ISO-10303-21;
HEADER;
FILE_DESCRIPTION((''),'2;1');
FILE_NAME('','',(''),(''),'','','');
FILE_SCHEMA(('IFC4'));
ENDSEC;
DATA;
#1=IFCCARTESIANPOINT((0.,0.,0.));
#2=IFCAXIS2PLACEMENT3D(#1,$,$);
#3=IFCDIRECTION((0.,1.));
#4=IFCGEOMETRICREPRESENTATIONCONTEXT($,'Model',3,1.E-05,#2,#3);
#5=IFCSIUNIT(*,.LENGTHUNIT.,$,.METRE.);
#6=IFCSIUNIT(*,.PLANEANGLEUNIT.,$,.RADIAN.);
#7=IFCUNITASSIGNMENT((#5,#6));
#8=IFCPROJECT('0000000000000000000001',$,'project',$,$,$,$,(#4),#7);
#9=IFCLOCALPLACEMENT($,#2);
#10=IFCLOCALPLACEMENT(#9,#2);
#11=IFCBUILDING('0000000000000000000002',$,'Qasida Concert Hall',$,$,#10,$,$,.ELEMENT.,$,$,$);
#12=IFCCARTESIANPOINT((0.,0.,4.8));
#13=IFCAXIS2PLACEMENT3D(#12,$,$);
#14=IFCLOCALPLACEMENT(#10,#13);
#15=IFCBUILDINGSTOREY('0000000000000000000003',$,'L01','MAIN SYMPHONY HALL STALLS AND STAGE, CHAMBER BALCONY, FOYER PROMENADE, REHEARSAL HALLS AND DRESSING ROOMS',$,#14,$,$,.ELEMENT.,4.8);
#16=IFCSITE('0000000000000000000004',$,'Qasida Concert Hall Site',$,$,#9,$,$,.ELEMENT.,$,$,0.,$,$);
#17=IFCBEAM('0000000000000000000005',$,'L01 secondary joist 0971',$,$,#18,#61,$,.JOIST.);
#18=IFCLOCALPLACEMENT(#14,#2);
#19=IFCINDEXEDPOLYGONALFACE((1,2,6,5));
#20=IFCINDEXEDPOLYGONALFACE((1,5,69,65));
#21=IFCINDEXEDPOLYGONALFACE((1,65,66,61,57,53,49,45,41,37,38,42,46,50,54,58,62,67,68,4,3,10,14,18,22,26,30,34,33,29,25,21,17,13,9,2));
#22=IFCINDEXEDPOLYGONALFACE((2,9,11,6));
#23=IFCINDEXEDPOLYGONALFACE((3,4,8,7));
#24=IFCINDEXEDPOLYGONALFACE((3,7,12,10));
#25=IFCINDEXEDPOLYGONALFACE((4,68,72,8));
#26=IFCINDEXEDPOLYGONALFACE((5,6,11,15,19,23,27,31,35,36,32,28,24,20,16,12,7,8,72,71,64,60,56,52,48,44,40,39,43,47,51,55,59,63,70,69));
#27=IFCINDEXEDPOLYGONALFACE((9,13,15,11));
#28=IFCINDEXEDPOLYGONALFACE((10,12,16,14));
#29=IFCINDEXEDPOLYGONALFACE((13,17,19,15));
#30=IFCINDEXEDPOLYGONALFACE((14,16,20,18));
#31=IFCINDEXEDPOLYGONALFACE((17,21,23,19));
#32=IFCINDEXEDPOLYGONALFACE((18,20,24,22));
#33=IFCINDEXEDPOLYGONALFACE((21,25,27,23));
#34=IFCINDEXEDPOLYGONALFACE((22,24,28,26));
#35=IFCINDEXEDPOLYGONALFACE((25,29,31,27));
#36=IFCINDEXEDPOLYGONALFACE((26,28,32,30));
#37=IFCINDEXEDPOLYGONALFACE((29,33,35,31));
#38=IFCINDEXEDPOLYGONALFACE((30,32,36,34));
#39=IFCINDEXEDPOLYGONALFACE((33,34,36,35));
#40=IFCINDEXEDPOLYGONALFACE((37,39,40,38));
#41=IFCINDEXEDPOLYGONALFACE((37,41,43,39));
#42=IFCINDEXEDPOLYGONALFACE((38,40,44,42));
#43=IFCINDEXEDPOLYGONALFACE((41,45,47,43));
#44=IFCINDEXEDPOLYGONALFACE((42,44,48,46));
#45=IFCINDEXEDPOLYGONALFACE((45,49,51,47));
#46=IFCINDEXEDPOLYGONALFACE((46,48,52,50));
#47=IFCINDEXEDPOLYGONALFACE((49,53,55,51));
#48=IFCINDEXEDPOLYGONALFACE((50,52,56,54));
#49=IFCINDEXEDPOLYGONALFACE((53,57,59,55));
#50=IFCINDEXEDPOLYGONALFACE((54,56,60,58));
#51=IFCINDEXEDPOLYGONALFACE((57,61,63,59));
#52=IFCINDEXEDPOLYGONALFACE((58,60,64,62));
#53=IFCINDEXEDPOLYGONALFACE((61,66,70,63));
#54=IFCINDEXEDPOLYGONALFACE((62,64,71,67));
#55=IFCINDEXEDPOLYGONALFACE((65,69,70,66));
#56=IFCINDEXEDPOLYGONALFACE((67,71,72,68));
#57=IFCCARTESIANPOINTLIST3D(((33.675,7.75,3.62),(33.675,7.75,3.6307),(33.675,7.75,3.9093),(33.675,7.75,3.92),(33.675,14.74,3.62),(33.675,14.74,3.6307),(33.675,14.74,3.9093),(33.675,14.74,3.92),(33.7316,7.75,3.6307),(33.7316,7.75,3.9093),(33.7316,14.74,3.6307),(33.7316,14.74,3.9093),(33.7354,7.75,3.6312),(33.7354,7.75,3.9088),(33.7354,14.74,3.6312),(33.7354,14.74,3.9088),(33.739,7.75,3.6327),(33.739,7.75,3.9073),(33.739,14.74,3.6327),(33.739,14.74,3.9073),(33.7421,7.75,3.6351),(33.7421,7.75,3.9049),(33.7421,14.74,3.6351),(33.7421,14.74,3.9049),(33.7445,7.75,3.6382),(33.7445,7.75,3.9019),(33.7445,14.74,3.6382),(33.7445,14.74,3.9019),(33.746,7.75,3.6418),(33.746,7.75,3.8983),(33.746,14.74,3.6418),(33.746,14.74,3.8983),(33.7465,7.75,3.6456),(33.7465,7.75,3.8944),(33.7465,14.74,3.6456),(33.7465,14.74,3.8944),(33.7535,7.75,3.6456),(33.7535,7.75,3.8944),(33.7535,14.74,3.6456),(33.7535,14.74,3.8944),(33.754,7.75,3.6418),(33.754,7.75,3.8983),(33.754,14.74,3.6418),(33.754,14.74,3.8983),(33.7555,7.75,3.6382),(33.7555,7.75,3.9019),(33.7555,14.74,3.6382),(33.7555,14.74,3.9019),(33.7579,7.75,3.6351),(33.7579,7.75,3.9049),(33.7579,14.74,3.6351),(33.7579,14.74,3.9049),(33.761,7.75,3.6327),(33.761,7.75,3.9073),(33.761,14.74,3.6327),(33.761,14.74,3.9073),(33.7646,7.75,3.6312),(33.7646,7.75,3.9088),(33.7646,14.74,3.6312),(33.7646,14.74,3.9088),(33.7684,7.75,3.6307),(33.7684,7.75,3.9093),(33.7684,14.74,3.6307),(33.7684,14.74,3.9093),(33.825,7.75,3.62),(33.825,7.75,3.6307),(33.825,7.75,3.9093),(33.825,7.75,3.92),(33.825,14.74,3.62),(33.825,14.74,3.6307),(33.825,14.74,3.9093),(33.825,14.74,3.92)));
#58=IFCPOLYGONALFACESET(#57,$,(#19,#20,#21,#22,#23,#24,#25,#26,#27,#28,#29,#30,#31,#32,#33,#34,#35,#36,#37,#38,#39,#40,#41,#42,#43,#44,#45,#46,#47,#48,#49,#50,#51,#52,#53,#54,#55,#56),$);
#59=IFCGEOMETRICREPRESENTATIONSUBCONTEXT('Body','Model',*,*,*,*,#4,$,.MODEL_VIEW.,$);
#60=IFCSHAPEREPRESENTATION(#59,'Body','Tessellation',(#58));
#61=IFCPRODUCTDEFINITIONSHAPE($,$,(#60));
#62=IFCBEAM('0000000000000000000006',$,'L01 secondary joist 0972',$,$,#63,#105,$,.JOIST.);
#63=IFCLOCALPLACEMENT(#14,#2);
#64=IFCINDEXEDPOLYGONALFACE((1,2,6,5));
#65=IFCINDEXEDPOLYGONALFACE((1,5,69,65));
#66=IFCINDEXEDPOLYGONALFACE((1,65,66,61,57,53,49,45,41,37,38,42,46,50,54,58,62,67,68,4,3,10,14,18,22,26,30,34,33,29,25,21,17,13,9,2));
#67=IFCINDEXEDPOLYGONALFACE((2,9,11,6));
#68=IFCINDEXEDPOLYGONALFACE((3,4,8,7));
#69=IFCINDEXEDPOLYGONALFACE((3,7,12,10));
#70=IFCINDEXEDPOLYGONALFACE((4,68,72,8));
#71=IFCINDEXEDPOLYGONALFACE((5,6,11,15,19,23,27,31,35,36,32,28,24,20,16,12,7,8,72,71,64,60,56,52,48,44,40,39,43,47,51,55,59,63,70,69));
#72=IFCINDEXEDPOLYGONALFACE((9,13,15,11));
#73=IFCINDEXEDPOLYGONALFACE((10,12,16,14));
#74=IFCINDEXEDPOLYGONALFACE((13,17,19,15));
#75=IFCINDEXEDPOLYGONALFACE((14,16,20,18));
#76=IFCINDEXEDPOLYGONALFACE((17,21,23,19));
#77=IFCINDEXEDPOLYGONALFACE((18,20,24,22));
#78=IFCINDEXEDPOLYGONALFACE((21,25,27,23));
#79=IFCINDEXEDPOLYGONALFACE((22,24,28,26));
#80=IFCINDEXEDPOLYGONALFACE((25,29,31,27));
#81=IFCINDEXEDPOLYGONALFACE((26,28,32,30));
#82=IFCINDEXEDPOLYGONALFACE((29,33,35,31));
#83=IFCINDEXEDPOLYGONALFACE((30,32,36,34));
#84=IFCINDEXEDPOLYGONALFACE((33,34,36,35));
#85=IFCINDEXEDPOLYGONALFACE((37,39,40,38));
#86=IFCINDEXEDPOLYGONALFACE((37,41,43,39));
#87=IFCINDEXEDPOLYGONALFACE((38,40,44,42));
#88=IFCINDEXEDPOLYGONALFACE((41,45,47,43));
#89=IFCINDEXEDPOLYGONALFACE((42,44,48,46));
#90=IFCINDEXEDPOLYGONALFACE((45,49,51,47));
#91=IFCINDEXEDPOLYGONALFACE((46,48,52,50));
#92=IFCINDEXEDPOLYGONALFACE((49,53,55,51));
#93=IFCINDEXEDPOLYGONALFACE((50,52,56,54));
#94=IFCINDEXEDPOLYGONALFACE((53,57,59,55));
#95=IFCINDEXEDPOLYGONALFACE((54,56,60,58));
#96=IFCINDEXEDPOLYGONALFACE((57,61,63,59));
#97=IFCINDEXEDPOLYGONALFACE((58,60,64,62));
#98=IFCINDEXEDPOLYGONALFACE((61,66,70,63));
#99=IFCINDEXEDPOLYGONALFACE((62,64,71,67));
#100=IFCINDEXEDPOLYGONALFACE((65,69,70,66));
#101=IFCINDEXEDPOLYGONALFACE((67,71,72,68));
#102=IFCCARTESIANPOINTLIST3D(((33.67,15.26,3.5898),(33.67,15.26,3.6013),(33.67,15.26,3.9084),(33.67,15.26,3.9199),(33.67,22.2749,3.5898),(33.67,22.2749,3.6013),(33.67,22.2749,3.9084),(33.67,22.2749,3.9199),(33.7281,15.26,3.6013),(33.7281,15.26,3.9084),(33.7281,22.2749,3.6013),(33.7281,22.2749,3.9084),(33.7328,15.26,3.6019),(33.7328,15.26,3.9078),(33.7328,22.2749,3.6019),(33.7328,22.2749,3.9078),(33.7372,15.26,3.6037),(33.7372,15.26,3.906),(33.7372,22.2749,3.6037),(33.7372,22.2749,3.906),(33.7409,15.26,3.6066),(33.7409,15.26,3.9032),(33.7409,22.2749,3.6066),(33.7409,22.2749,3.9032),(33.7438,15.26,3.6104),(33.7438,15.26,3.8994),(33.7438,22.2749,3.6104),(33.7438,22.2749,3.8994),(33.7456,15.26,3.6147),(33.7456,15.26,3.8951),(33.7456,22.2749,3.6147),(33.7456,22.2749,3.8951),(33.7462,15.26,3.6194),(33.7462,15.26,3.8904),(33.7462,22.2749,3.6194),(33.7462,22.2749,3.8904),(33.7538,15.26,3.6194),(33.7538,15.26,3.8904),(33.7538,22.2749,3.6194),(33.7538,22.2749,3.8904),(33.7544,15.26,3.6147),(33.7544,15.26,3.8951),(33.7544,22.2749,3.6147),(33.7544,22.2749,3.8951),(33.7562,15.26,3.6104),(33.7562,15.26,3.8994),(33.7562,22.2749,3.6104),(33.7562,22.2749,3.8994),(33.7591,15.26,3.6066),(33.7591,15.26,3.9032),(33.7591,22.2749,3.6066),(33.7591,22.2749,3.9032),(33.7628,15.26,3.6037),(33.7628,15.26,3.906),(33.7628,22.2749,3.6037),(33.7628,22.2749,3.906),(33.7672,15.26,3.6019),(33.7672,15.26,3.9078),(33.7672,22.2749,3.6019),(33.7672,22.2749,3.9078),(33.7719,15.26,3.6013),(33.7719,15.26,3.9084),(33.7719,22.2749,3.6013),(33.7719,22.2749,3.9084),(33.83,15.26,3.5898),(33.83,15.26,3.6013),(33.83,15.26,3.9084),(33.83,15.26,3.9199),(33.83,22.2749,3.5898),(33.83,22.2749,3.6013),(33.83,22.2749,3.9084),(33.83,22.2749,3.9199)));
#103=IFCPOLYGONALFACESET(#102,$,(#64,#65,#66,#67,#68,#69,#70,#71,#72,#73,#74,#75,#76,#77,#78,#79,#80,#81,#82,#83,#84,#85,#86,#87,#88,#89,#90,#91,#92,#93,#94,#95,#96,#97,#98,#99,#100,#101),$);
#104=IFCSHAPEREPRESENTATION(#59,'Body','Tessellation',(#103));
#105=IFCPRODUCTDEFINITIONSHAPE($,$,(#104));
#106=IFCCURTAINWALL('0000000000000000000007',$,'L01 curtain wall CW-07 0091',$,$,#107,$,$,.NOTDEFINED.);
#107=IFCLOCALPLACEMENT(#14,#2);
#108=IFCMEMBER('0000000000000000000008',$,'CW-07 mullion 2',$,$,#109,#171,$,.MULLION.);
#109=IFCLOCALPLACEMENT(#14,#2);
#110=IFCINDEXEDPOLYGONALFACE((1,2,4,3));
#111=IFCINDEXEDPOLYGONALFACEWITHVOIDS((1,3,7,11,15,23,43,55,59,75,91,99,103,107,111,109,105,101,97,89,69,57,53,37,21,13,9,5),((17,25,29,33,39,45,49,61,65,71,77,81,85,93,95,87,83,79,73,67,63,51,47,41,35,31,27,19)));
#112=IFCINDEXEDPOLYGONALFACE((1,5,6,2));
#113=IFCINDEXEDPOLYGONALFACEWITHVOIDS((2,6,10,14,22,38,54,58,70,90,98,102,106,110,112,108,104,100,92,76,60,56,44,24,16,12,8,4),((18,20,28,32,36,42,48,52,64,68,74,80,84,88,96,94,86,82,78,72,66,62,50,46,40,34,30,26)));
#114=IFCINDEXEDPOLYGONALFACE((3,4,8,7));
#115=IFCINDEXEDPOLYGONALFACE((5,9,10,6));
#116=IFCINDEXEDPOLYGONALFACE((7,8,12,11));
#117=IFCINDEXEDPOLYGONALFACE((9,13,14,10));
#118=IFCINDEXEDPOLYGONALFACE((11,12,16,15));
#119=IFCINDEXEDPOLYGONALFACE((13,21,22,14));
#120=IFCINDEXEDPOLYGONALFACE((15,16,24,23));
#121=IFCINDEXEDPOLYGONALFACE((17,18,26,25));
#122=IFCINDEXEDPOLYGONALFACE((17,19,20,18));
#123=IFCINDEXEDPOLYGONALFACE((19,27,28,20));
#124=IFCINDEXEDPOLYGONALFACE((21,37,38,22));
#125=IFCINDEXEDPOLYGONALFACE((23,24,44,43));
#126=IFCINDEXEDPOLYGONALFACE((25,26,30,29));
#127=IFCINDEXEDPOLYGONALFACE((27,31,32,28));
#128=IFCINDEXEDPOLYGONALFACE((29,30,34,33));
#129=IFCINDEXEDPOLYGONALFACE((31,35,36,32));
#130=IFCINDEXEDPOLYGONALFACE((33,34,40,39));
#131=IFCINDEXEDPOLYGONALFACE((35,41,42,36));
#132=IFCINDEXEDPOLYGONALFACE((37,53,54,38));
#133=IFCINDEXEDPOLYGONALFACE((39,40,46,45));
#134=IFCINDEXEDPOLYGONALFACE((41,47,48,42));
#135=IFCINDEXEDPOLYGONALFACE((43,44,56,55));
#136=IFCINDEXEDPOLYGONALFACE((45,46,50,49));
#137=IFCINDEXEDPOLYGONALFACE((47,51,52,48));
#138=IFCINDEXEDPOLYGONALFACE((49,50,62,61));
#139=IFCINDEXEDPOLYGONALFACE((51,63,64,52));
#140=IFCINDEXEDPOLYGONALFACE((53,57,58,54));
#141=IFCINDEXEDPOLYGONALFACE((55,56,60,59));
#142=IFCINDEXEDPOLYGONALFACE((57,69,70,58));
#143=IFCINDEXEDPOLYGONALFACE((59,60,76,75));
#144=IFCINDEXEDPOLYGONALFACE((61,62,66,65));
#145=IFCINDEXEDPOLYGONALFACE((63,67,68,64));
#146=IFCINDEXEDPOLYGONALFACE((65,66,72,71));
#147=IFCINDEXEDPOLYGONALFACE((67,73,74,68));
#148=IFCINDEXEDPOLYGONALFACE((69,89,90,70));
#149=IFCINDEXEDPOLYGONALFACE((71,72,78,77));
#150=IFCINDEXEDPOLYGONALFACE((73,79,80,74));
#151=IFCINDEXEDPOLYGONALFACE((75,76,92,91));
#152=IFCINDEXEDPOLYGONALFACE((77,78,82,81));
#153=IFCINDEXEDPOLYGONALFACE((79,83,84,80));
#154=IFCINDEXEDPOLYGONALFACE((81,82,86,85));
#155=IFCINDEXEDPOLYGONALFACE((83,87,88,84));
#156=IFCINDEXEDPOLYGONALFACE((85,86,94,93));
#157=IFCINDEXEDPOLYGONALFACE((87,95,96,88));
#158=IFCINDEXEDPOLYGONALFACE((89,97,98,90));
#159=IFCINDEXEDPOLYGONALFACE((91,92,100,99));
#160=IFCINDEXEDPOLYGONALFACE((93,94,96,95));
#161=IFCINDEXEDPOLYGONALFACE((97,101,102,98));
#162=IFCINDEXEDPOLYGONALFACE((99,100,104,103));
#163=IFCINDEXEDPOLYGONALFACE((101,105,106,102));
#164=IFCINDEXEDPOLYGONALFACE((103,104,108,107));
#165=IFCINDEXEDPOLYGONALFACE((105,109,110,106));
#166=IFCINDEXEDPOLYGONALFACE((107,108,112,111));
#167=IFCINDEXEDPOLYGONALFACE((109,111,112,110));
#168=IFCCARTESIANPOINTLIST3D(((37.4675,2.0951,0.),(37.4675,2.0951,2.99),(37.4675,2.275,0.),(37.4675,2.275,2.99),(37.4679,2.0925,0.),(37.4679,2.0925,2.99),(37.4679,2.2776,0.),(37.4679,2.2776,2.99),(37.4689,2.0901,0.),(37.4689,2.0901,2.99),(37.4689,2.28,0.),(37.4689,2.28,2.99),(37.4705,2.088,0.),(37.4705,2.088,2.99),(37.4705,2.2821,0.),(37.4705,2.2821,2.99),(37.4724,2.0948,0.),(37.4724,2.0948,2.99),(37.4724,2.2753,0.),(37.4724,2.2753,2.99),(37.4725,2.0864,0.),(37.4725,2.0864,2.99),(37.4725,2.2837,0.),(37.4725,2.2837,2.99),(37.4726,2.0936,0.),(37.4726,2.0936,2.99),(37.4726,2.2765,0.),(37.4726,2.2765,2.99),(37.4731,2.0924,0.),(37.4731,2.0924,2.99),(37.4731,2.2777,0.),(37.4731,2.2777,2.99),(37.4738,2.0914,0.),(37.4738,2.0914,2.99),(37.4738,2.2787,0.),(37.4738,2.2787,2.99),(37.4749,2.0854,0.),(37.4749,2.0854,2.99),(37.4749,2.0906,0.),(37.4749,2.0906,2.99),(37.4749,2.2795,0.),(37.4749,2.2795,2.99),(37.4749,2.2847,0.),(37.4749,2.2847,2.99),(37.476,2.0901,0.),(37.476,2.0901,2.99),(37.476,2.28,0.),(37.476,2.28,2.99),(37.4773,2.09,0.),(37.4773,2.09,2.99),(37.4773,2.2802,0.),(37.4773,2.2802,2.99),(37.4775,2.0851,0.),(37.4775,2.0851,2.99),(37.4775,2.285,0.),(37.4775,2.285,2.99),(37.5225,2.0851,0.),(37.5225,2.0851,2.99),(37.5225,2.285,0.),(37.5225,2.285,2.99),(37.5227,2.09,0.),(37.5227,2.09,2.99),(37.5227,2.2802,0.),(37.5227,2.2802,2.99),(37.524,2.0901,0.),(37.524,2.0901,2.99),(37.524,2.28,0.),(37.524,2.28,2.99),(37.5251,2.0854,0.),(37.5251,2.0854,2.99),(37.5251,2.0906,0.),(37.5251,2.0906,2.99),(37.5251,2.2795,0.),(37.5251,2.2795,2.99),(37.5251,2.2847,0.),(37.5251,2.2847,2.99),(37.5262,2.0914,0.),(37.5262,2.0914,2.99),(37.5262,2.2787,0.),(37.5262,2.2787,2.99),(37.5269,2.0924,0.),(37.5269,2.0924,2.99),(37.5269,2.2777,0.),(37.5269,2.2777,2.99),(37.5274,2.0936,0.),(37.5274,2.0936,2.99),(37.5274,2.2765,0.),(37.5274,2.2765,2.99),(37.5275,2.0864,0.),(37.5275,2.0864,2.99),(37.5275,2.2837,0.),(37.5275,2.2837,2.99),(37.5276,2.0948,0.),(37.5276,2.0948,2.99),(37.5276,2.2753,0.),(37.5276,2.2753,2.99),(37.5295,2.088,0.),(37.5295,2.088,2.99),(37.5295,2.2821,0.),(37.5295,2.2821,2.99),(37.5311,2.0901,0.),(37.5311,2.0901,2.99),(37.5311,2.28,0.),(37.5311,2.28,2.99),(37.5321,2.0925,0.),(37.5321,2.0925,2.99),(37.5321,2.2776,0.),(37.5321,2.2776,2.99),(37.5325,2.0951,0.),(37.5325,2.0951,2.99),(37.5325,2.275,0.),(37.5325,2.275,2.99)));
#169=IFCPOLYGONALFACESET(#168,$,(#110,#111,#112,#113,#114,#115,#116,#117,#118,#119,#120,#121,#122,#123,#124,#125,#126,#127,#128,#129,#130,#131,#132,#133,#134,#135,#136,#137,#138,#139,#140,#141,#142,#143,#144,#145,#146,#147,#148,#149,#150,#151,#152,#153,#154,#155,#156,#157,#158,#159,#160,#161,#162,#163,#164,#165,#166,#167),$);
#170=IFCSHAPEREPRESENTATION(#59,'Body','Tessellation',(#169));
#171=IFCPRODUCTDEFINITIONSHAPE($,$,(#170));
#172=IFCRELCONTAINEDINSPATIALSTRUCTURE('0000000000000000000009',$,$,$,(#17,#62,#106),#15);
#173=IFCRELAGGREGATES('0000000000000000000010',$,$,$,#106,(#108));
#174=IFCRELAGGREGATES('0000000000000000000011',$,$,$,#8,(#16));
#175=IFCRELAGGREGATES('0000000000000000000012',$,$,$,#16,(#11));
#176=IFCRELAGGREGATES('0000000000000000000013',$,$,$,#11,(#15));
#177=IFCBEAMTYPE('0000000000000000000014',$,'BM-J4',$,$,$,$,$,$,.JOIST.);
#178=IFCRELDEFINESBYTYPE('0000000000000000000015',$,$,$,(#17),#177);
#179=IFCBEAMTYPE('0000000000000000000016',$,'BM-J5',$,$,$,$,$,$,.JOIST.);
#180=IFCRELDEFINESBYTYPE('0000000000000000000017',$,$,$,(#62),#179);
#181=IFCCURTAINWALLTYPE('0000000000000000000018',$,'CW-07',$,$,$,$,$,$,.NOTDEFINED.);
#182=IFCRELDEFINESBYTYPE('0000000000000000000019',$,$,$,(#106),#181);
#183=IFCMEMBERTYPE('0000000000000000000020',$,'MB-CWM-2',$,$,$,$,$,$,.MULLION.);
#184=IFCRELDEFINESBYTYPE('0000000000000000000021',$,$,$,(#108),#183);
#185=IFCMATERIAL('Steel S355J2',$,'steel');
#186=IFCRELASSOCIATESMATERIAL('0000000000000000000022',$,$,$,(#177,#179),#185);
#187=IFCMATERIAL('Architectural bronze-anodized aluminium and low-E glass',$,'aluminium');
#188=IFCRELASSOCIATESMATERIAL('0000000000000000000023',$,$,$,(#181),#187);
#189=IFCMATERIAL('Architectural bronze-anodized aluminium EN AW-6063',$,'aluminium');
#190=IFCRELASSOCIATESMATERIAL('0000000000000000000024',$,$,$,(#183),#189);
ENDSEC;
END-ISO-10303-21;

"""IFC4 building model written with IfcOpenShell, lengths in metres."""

from ifc_helpers import new_model, si_unit, direction, frame, origin, origin_2d, place, context, subcontext, project, spatial, hollow_rectangle, i_section, extrude, material, material_profile, profile_set, type_object, element, aggregate, save


model = new_model("IFC4")

# Units and contexts
model_context = context("Model", 3, precision=1e-05, world=origin(), true_north=direction((0.0, 1.0)))
body_context = subcontext(model_context, "Body", "Model", "MODEL_VIEW")
ifc_project = project(units=[si_unit("LENGTHUNIT", "METRE"), si_unit("PLANEANGLEUNIT", "RADIAN")], contexts=[model_context])

# Site, building, storey
site_placement = place(None, origin())
site = spatial("IfcSite", under=ifc_project, at=site_placement, Name="Qasida Concert Hall Site", CompositionType="ELEMENT", RefElevation=0.0)
building_placement = place(site_placement, origin())
building = spatial("IfcBuilding", under=site, at=building_placement, Name="Qasida Concert Hall", CompositionType="ELEMENT")
storey_placement = place(building_placement, frame((0.0, 0.0, 4.8)))
storey = spatial("IfcBuildingStorey", under=building, at=storey_placement, Name="L01", Description="MAIN SYMPHONY HALL STALLS AND STAGE, CHAMBER BALCONY, FOYER PROMENADE, REHEARSAL HALLS AND DRESSING ROOMS", CompositionType="ELEMENT", Elevation=4.8)

# Beams
ifc_material_1 = material(Name="Steel S355J2", Category="steel")
ifc_material_profile_1 = material_profile(ifc_material_1, i_section(OverallWidth=0.1499, OverallDepth=0.3, WebThickness=0.0071, FlangeThickness=0.0107, FilletRadius=0.0149, at=origin_2d()), Name="IPE 300")
ifc_profile_set_1 = profile_set([ifc_material_profile_1], Name="Steel S355J2")
beam_type_1 = type_object("IfcBeamType", Name="BM-J4", PredefinedType="JOIST", material=ifc_profile_set_1)
beam_1_placement = place(storey_placement, frame((33.75, 7.75, 3.77), z_axis=(0.0, 1.0, 0.0), x_axis=(-1.0, 0.0, 0.0)))
element("IfcBeam", 1, at=beam_1_placement, inside=storey, type_object=beam_type_1, Name="L01 secondary joist 0971", PredefinedType="JOIST", context=body_context, shape_type="SweptSolid", body=[
    extrude(i_section(OverallWidth=0.1499, OverallDepth=0.3, WebThickness=0.0071, FlangeThickness=0.0107, FilletRadius=0.0149, at=origin_2d()), origin(), (0.0, 0.0, 1.0), 6.99),
])
ifc_material_profile_2 = material_profile(ifc_material_1, i_section(OverallWidth=0.1599, OverallDepth=0.3301, WebThickness=0.0076, FlangeThickness=0.0115, FilletRadius=0.0181, at=origin_2d()), Name="IPE 330")
ifc_profile_set_2 = profile_set([ifc_material_profile_2], Name="Steel S355J2")
beam_type_2 = type_object("IfcBeamType", Name="BM-J5", PredefinedType="JOIST", material=ifc_profile_set_2)
beam_2_placement = place(storey_placement, frame((33.75, 15.26, 3.7549), z_axis=(0.0, 1.0, 0.0), x_axis=(-1.0, 0.0, 0.0)))
element("IfcBeam", 2, at=beam_2_placement, inside=storey, type_object=beam_type_2, Name="L01 secondary joist 0972", PredefinedType="JOIST", context=body_context, shape_type="SweptSolid", body=[
    extrude(i_section(OverallWidth=0.1599, OverallDepth=0.3301, WebThickness=0.0076, FlangeThickness=0.0115, FilletRadius=0.0181, at=origin_2d()), origin(), (0.0, 0.0, 1.0), 7.0149),
])

# Curtain wall, member
ifc_material_2 = material(Name="Architectural bronze-anodized aluminium and low-E glass", Category="aluminium")
curtain_wall_type = type_object("IfcCurtainWallType", Name="CW-07", PredefinedType="NOTDEFINED", material=ifc_material_2)
curtain_wall_placement = place(storey_placement, origin())
curtain_wall = element("IfcCurtainWall", 3, at=curtain_wall_placement, inside=storey, type_object=curtain_wall_type, Name="L01 curtain wall CW-07 0091", PredefinedType="NOTDEFINED")
ifc_material_3 = material(Name="Architectural bronze-anodized aluminium EN AW-6063", Category="aluminium")
ifc_material_profile_3 = material_profile(ifc_material_3, hollow_rectangle(XDim=0.0649, YDim=0.2, WallThickness=0.0049, InnerFilletRadius=0.0049, OuterFilletRadius=0.01, at=origin_2d()), Name="CWM 200x65x5")
ifc_profile_set_3 = profile_set([ifc_material_profile_3], Name="Architectural bronze-anodized aluminium EN AW-6063")
member_type_1 = type_object("IfcMemberType", Name="MB-CWM-2", PredefinedType="MULLION", material=ifc_profile_set_3)
member_1_placement = place(storey_placement, frame((37.5, 2.1851, 0.0), z_axis=(0.0, 0.0, 1.0), x_axis=(-1.0, 0.0, 0.0)))
member_1 = element("IfcMember", 4, at=member_1_placement, type_object=member_type_1, Name="CW-07 mullion 2", PredefinedType="MULLION", context=body_context, shape_type="SweptSolid", body=[
    extrude(hollow_rectangle(XDim=0.0649, YDim=0.2, WallThickness=0.0049, InnerFilletRadius=0.0049, OuterFilletRadius=0.01, at=origin_2d()), origin(), (0.0, 0.0, 1.0), 2.99),
])
aggregate(curtain_wall, [member_1])

save(model, "model.ifc")
